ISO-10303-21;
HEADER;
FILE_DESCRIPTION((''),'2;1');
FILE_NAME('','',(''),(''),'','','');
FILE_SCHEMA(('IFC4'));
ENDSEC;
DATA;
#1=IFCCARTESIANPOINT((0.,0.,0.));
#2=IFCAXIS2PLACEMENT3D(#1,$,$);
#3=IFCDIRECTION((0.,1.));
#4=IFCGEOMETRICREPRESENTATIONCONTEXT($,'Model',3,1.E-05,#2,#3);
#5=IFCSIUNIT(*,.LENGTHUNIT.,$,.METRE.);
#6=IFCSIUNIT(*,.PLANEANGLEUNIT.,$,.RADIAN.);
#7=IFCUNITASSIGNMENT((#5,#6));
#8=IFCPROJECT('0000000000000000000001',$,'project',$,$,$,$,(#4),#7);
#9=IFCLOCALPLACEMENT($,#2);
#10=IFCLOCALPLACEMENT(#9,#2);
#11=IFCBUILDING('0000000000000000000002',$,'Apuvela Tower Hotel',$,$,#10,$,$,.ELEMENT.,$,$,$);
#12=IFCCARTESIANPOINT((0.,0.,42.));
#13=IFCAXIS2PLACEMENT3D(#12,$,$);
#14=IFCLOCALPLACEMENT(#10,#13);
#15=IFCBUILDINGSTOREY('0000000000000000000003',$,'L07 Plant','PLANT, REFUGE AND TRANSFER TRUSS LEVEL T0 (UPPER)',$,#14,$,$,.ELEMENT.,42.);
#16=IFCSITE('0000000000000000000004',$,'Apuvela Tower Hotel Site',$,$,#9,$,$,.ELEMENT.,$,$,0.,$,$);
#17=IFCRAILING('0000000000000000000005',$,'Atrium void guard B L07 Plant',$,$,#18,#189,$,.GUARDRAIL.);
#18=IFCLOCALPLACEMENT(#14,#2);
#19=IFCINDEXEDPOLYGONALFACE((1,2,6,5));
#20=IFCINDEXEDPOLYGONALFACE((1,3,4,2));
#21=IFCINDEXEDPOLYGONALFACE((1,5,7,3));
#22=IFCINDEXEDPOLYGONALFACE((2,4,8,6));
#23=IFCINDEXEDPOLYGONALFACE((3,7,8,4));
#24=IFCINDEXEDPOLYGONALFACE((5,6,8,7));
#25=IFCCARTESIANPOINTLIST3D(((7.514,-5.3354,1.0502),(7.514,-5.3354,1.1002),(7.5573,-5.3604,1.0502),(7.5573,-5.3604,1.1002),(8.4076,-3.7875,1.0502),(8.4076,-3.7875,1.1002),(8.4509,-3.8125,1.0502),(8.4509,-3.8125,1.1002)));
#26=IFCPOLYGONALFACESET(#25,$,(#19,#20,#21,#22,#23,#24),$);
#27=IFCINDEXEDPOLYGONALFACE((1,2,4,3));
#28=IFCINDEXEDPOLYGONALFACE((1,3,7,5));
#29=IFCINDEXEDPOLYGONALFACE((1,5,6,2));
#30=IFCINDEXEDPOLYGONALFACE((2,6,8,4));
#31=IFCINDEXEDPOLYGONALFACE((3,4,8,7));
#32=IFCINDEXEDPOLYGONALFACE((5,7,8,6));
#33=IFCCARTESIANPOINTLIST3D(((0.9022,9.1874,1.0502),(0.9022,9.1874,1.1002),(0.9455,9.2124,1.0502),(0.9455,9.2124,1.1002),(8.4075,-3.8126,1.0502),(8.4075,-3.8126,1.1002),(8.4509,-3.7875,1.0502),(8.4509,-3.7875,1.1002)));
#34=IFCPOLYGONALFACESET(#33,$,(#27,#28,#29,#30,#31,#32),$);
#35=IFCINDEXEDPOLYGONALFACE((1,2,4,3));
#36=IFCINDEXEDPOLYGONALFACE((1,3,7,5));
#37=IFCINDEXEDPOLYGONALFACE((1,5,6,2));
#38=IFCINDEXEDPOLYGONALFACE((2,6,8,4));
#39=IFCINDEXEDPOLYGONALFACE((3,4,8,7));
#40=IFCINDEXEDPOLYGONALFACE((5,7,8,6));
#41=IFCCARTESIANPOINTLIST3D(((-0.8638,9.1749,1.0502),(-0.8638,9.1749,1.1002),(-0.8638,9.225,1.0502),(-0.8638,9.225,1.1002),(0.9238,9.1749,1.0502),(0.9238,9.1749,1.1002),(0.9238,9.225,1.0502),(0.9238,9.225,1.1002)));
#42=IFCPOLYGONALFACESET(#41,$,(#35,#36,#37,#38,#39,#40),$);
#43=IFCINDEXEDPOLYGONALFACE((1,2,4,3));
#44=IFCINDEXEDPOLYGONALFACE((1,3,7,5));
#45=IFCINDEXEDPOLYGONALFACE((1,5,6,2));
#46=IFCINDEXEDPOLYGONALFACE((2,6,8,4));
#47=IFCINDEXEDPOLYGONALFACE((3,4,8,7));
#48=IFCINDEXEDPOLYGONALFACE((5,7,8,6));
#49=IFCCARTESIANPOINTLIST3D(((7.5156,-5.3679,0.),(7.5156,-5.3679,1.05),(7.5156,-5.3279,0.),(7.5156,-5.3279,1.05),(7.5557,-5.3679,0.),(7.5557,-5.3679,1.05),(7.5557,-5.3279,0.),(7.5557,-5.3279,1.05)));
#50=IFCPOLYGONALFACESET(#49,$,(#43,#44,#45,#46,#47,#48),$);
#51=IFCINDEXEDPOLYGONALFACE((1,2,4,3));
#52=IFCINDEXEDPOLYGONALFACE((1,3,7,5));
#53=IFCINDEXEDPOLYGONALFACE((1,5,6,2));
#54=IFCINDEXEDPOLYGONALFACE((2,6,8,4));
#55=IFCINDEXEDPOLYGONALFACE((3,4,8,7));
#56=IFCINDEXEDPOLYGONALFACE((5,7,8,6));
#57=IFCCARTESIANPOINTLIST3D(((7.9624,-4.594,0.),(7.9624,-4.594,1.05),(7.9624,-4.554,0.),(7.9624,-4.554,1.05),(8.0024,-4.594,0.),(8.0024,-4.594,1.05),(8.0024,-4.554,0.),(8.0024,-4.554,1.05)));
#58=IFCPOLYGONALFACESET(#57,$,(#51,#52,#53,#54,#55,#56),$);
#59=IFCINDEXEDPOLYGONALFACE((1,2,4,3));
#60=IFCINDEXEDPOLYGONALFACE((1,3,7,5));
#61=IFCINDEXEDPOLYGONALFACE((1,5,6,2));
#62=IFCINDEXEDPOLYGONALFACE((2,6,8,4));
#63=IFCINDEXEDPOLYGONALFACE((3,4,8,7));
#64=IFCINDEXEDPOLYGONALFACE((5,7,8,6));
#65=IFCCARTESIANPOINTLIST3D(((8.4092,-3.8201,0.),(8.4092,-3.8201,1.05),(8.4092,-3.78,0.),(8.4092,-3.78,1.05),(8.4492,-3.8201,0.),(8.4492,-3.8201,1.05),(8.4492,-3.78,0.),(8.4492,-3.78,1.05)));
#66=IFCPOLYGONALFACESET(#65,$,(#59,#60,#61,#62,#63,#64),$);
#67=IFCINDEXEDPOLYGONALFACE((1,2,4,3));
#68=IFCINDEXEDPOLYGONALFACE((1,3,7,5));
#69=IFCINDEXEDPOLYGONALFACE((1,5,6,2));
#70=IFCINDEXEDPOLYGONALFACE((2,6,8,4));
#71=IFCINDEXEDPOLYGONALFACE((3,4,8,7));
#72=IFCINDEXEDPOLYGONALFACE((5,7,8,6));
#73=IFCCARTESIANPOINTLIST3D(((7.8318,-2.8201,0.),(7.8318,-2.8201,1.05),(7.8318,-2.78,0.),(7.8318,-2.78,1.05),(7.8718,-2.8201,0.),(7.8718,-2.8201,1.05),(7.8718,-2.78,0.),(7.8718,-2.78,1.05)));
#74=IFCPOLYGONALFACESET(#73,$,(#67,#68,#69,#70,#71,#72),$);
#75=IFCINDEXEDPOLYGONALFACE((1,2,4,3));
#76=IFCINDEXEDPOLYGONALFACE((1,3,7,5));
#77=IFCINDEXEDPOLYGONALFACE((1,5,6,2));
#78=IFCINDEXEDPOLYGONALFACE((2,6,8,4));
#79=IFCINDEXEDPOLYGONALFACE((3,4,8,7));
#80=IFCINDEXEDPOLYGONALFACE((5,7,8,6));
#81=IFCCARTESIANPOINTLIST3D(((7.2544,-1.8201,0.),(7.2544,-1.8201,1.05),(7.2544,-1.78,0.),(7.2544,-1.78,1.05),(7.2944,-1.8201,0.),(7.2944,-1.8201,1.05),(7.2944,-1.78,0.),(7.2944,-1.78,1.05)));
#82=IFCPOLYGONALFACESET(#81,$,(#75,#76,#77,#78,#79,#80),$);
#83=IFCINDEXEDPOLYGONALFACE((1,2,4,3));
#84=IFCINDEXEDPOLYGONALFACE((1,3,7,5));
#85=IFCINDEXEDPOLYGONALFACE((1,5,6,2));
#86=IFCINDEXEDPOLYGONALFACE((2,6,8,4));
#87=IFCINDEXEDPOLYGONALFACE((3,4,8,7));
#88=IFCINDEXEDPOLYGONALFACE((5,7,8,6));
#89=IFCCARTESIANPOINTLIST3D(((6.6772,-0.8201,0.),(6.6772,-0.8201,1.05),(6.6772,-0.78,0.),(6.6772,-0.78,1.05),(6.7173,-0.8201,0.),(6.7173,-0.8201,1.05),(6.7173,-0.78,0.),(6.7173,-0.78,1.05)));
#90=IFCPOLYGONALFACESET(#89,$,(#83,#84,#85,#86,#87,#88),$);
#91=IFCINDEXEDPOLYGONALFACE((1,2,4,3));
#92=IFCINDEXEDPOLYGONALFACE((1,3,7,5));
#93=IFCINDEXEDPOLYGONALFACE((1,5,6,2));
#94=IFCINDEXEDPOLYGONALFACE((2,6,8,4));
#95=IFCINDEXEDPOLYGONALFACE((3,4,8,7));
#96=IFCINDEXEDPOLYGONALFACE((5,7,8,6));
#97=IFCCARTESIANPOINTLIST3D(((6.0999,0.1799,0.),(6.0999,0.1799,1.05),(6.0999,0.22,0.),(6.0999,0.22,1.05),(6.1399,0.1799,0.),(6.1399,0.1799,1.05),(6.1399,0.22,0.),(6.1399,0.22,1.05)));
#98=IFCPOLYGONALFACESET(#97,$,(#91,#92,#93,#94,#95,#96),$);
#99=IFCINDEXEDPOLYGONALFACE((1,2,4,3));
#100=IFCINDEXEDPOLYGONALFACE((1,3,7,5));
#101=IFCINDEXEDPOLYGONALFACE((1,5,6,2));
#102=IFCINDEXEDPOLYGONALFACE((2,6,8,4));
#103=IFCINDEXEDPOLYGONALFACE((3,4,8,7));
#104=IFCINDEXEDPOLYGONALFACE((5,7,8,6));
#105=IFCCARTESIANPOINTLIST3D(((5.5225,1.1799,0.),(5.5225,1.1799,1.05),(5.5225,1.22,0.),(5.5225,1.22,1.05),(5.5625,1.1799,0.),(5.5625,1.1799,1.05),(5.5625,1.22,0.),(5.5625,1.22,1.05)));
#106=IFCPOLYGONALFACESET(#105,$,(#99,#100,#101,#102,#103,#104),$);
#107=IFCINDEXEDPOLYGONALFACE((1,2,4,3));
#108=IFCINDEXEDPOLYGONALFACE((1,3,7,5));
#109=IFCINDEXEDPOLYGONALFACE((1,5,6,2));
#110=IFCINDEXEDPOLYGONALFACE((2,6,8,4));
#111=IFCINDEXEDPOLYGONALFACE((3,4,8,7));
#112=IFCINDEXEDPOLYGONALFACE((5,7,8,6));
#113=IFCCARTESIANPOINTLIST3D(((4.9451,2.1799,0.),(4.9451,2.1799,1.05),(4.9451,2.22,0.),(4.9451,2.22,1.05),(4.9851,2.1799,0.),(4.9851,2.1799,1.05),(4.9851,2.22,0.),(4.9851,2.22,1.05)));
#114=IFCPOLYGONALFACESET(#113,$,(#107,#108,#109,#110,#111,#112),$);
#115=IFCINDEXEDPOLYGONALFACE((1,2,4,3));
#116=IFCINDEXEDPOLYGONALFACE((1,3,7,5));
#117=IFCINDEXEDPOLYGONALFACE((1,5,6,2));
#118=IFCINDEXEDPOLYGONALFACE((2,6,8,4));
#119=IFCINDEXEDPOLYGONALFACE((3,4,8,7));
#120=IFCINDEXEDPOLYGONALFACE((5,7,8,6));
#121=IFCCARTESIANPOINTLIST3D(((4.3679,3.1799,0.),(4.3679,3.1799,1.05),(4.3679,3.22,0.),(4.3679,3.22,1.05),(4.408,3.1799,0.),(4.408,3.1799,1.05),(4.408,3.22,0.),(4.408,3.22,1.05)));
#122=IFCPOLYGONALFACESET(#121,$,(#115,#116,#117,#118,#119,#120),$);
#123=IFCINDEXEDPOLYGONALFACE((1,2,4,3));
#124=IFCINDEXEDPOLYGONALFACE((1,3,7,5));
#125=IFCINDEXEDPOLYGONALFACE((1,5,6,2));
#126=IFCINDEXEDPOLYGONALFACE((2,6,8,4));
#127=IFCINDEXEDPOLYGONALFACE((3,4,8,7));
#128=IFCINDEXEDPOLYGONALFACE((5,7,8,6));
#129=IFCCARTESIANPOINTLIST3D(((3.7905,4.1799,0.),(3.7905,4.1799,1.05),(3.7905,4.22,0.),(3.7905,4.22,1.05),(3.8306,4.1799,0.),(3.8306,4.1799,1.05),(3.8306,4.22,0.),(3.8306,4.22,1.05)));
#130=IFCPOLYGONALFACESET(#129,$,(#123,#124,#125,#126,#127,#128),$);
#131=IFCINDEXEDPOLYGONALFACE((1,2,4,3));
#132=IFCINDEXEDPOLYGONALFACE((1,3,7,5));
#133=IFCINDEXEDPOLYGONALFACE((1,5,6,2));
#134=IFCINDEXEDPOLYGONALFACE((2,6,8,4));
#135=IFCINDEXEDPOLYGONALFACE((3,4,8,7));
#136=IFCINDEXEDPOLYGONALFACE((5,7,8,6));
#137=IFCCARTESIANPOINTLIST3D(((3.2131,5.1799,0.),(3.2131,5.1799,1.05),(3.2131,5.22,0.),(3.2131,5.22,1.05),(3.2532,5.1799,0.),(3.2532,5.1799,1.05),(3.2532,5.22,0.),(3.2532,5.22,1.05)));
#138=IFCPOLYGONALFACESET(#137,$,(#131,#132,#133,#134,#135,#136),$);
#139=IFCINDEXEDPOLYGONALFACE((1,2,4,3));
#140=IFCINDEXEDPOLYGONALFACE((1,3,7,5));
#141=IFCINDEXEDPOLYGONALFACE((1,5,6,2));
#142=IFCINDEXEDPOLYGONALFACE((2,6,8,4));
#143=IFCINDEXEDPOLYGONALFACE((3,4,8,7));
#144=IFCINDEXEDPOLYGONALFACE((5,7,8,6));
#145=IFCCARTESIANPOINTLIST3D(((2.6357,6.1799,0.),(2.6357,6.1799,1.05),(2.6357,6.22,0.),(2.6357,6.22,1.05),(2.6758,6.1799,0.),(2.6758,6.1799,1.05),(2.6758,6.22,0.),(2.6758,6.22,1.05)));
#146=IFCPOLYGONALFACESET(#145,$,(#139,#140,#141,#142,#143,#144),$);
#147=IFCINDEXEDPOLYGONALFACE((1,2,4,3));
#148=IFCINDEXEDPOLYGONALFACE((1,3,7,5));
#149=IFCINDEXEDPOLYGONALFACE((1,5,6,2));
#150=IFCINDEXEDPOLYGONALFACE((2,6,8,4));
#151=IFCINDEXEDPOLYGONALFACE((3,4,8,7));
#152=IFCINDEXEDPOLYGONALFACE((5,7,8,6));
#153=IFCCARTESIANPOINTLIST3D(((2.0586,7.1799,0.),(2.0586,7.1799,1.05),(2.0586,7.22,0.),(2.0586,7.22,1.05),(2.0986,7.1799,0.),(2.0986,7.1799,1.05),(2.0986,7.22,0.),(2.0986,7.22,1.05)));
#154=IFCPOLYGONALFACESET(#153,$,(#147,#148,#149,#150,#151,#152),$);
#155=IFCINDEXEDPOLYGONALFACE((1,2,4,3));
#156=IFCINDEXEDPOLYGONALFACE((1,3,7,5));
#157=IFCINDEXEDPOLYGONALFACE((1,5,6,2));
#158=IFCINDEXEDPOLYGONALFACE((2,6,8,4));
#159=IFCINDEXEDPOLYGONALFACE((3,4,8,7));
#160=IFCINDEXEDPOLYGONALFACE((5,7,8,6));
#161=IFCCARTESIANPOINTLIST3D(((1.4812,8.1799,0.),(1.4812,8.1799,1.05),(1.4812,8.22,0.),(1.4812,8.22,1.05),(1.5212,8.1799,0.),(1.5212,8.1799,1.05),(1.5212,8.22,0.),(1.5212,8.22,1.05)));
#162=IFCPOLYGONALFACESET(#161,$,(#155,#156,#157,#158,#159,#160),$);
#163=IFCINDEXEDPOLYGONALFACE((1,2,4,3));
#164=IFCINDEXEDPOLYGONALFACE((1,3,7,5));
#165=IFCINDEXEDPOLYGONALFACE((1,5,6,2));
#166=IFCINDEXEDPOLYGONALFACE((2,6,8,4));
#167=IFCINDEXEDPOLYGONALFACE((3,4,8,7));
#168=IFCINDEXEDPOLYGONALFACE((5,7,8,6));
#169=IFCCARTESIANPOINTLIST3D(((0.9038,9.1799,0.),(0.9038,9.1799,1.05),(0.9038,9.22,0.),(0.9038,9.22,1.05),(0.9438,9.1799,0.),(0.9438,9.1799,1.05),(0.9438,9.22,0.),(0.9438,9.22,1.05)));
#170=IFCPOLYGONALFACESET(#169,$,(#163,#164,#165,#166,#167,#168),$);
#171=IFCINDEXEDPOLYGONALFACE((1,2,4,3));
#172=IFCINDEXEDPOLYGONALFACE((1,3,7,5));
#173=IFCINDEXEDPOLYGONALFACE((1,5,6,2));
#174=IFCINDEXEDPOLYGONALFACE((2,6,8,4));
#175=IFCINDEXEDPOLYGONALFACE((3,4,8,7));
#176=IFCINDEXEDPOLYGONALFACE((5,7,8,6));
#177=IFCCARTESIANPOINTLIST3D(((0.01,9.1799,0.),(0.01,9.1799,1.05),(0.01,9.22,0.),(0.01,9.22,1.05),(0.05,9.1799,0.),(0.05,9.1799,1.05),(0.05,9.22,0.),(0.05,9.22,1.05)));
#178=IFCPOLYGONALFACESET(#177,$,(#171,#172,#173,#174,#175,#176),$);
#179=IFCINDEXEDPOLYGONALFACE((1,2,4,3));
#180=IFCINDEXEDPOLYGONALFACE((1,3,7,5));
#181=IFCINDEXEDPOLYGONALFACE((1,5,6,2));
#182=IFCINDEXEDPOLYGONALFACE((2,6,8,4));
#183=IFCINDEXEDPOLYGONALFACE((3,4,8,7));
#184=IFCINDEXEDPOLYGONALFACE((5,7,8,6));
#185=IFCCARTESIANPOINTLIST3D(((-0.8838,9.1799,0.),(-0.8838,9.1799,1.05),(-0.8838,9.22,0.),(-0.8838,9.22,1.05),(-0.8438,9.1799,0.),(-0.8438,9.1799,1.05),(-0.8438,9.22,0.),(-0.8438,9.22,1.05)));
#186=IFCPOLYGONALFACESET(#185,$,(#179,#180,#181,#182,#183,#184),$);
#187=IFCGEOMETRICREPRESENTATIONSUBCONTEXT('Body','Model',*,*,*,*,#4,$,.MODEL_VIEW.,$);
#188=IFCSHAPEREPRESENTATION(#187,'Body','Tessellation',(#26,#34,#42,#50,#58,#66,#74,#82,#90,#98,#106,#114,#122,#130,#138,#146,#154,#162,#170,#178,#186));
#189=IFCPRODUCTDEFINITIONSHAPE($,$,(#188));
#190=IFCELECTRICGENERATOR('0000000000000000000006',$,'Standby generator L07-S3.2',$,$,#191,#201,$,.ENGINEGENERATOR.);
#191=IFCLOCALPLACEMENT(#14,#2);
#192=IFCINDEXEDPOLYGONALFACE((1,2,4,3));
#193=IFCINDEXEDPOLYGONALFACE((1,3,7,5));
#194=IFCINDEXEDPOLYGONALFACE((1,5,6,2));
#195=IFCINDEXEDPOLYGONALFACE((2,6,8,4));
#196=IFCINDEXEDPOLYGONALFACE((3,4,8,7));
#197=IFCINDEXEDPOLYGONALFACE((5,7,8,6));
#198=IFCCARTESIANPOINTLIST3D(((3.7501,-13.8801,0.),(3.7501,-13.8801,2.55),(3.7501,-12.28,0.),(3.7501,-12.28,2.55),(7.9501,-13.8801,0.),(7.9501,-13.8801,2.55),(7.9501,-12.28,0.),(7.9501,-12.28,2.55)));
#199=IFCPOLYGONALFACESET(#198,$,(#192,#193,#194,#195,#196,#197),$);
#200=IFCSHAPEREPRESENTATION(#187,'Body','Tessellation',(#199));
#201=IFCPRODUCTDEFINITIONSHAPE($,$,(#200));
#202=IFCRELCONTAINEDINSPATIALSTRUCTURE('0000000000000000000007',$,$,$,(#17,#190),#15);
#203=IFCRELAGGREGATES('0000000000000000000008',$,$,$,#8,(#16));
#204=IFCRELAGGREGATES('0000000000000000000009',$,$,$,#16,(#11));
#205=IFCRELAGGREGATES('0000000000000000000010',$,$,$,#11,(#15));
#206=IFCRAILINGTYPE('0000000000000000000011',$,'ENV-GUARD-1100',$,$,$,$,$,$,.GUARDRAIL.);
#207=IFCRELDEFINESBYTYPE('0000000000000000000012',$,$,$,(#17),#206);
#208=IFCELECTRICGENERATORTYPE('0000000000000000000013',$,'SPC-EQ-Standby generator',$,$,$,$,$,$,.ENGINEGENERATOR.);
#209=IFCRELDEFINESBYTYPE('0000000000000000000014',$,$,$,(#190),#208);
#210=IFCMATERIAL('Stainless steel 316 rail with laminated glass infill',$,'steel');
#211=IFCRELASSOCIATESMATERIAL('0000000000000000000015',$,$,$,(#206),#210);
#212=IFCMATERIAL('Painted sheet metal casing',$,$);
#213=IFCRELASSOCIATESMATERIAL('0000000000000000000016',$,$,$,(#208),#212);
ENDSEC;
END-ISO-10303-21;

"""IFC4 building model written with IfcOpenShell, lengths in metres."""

from ifc_helpers import new_model, si_unit, direction, frame, origin, origin_2d, place, context, subcontext, project, spatial, rectangle, extrude, material, type_object, element, save


model = new_model("IFC4")

# Units and contexts
model_context = context("Model", 3, precision=1e-05, world=origin(), true_north=direction((0.0, 1.0)))
body_context = subcontext(model_context, "Body", "Model", "MODEL_VIEW")
ifc_project = project(units=[si_unit("LENGTHUNIT", "METRE"), si_unit("PLANEANGLEUNIT", "RADIAN")], contexts=[model_context])

# Site, building, storey
site_placement = place(None, origin())
site = spatial("IfcSite", under=ifc_project, at=site_placement, Name="Apuvela Tower Hotel Site", CompositionType="ELEMENT", RefElevation=0.0)
building_placement = place(site_placement, origin())
building = spatial("IfcBuilding", under=site, at=building_placement, Name="Apuvela Tower Hotel", CompositionType="ELEMENT")
storey_placement = place(building_placement, frame((0.0, 0.0, 42.0)))
storey = spatial("IfcBuildingStorey", under=building, at=storey_placement, Name="L07 Plant", Description="PLANT, REFUGE AND TRANSFER TRUSS LEVEL T0 (UPPER)", CompositionType="ELEMENT", Elevation=42.0)

# Railing
ifc_material_1 = material(Name="Stainless steel 316 rail with laminated glass infill", Category="steel")
railing_type_1 = type_object("IfcRailingType", Name="ENV-GUARD-1100", PredefinedType="GUARDRAIL", material=ifc_material_1)
railing_1_placement = place(storey_placement, frame((7.5356, -5.3479, 0.0)))
element("IfcRailing", 1, at=railing_1_placement, inside=storey, type_object=railing_type_1, Name="Atrium void guard B L07 Plant", PredefinedType="GUARDRAIL", context=body_context, shape_type="SweptSolid", body=[
    extrude(rectangle(XDim=0.05, YDim=0.05, at=origin_2d()), frame((0.0, 0.0, 1.0752), z_axis=(0.499959, 0.866049, 0.0), x_axis=(-0.866049, 0.499959, 0.0)), (0.0, 0.0, 1.0), 1.7874),
    extrude(rectangle(XDim=0.05, YDim=0.05, at=origin_2d()), frame((0.8936, 1.5479, 1.0752), z_axis=(-0.499991, 0.866031, 0.0), x_axis=(-0.866031, -0.499991, 0.0)), (0.0, 0.0, 1.0), 15.011),
    extrude(rectangle(XDim=0.05, YDim=0.05, at=origin_2d()), frame((-6.6118, 14.5479, 1.0752), z_axis=(-1.0, 0.0, 0.0), x_axis=(0.0, -1.0, 0.0)), (0.0, 0.0, 1.0), 1.7876),
    extrude(rectangle(XDim=0.04, YDim=0.04, at=origin_2d()), origin(), (0.0, 0.0, 1.0), 1.05),
    extrude(rectangle(XDim=0.04, YDim=0.04, at=origin_2d()), frame((0.4468, 0.7739, 0.0)), (0.0, 0.0, 1.0), 1.05),
    extrude(rectangle(XDim=0.04, YDim=0.04, at=origin_2d()), frame((0.8936, 1.5479, 0.0)), (0.0, 0.0, 1.0), 1.05),
    extrude(rectangle(XDim=0.04, YDim=0.04, at=origin_2d()), frame((0.3162, 2.5479, 0.0)), (0.0, 0.0, 1.0), 1.05),
    extrude(rectangle(XDim=0.04, YDim=0.04, at=origin_2d()), frame((-0.2612, 3.5479, 0.0)), (0.0, 0.0, 1.0), 1.05),
    extrude(rectangle(XDim=0.04, YDim=0.04, at=origin_2d()), frame((-0.8384, 4.5479, 0.0)), (0.0, 0.0, 1.0), 1.05),
    extrude(rectangle(XDim=0.04, YDim=0.04, at=origin_2d()), frame((-1.4158, 5.5479, 0.0)), (0.0, 0.0, 1.0), 1.05),
    extrude(rectangle(XDim=0.04, YDim=0.04, at=origin_2d()), frame((-1.9932, 6.5479, 0.0)), (0.0, 0.0, 1.0), 1.05),
    extrude(rectangle(XDim=0.04, YDim=0.04, at=origin_2d()), frame((-2.5706, 7.5479, 0.0)), (0.0, 0.0, 1.0), 1.05),
    extrude(rectangle(XDim=0.04, YDim=0.04, at=origin_2d()), frame((-3.1477, 8.5479, 0.0)), (0.0, 0.0, 1.0), 1.05),
    extrude(rectangle(XDim=0.04, YDim=0.04, at=origin_2d()), frame((-3.7251, 9.5479, 0.0)), (0.0, 0.0, 1.0), 1.05),
    extrude(rectangle(XDim=0.04, YDim=0.04, at=origin_2d()), frame((-4.3025, 10.5479, 0.0)), (0.0, 0.0, 1.0), 1.05),
    extrude(rectangle(XDim=0.04, YDim=0.04, at=origin_2d()), frame((-4.8799, 11.5479, 0.0)), (0.0, 0.0, 1.0), 1.05),
    extrude(rectangle(XDim=0.04, YDim=0.04, at=origin_2d()), frame((-5.457, 12.5479, 0.0)), (0.0, 0.0, 1.0), 1.05),
    extrude(rectangle(XDim=0.04, YDim=0.04, at=origin_2d()), frame((-6.0344, 13.5479, 0.0)), (0.0, 0.0, 1.0), 1.05),
    extrude(rectangle(XDim=0.04, YDim=0.04, at=origin_2d()), frame((-6.6118, 14.5479, 0.0)), (0.0, 0.0, 1.0), 1.05),
    extrude(rectangle(XDim=0.04, YDim=0.04, at=origin_2d()), frame((-7.5056, 14.5479, 0.0)), (0.0, 0.0, 1.0), 1.05),
    extrude(rectangle(XDim=0.04, YDim=0.04, at=origin_2d()), frame((-8.3994, 14.5479, 0.0)), (0.0, 0.0, 1.0), 1.05),
])

# Electric generator
ifc_material_2 = material(Name="Painted sheet metal casing")
electric_generator_type = type_object("IfcElectricGeneratorType", Name="SPC-EQ-Standby generator", PredefinedType="ENGINEGENERATOR", material=ifc_material_2)
electric_generator_placement = place(storey_placement, frame((5.8501, -13.0801, 0.0), z_axis=(0.0, 0.0, 1.0), x_axis=(1.0, 0.0, 0.0)))
element("IfcElectricGenerator", 2, at=electric_generator_placement, inside=storey, type_object=electric_generator_type, Name="Standby generator L07-S3.2", PredefinedType="ENGINEGENERATOR", context=body_context, shape_type="SweptSolid", body=[
    extrude(rectangle(XDim=4.2, YDim=1.6001, at=origin_2d()), origin(), (0.0, 0.0, 1.0), 2.55),
])

save(model, "model.ifc")
